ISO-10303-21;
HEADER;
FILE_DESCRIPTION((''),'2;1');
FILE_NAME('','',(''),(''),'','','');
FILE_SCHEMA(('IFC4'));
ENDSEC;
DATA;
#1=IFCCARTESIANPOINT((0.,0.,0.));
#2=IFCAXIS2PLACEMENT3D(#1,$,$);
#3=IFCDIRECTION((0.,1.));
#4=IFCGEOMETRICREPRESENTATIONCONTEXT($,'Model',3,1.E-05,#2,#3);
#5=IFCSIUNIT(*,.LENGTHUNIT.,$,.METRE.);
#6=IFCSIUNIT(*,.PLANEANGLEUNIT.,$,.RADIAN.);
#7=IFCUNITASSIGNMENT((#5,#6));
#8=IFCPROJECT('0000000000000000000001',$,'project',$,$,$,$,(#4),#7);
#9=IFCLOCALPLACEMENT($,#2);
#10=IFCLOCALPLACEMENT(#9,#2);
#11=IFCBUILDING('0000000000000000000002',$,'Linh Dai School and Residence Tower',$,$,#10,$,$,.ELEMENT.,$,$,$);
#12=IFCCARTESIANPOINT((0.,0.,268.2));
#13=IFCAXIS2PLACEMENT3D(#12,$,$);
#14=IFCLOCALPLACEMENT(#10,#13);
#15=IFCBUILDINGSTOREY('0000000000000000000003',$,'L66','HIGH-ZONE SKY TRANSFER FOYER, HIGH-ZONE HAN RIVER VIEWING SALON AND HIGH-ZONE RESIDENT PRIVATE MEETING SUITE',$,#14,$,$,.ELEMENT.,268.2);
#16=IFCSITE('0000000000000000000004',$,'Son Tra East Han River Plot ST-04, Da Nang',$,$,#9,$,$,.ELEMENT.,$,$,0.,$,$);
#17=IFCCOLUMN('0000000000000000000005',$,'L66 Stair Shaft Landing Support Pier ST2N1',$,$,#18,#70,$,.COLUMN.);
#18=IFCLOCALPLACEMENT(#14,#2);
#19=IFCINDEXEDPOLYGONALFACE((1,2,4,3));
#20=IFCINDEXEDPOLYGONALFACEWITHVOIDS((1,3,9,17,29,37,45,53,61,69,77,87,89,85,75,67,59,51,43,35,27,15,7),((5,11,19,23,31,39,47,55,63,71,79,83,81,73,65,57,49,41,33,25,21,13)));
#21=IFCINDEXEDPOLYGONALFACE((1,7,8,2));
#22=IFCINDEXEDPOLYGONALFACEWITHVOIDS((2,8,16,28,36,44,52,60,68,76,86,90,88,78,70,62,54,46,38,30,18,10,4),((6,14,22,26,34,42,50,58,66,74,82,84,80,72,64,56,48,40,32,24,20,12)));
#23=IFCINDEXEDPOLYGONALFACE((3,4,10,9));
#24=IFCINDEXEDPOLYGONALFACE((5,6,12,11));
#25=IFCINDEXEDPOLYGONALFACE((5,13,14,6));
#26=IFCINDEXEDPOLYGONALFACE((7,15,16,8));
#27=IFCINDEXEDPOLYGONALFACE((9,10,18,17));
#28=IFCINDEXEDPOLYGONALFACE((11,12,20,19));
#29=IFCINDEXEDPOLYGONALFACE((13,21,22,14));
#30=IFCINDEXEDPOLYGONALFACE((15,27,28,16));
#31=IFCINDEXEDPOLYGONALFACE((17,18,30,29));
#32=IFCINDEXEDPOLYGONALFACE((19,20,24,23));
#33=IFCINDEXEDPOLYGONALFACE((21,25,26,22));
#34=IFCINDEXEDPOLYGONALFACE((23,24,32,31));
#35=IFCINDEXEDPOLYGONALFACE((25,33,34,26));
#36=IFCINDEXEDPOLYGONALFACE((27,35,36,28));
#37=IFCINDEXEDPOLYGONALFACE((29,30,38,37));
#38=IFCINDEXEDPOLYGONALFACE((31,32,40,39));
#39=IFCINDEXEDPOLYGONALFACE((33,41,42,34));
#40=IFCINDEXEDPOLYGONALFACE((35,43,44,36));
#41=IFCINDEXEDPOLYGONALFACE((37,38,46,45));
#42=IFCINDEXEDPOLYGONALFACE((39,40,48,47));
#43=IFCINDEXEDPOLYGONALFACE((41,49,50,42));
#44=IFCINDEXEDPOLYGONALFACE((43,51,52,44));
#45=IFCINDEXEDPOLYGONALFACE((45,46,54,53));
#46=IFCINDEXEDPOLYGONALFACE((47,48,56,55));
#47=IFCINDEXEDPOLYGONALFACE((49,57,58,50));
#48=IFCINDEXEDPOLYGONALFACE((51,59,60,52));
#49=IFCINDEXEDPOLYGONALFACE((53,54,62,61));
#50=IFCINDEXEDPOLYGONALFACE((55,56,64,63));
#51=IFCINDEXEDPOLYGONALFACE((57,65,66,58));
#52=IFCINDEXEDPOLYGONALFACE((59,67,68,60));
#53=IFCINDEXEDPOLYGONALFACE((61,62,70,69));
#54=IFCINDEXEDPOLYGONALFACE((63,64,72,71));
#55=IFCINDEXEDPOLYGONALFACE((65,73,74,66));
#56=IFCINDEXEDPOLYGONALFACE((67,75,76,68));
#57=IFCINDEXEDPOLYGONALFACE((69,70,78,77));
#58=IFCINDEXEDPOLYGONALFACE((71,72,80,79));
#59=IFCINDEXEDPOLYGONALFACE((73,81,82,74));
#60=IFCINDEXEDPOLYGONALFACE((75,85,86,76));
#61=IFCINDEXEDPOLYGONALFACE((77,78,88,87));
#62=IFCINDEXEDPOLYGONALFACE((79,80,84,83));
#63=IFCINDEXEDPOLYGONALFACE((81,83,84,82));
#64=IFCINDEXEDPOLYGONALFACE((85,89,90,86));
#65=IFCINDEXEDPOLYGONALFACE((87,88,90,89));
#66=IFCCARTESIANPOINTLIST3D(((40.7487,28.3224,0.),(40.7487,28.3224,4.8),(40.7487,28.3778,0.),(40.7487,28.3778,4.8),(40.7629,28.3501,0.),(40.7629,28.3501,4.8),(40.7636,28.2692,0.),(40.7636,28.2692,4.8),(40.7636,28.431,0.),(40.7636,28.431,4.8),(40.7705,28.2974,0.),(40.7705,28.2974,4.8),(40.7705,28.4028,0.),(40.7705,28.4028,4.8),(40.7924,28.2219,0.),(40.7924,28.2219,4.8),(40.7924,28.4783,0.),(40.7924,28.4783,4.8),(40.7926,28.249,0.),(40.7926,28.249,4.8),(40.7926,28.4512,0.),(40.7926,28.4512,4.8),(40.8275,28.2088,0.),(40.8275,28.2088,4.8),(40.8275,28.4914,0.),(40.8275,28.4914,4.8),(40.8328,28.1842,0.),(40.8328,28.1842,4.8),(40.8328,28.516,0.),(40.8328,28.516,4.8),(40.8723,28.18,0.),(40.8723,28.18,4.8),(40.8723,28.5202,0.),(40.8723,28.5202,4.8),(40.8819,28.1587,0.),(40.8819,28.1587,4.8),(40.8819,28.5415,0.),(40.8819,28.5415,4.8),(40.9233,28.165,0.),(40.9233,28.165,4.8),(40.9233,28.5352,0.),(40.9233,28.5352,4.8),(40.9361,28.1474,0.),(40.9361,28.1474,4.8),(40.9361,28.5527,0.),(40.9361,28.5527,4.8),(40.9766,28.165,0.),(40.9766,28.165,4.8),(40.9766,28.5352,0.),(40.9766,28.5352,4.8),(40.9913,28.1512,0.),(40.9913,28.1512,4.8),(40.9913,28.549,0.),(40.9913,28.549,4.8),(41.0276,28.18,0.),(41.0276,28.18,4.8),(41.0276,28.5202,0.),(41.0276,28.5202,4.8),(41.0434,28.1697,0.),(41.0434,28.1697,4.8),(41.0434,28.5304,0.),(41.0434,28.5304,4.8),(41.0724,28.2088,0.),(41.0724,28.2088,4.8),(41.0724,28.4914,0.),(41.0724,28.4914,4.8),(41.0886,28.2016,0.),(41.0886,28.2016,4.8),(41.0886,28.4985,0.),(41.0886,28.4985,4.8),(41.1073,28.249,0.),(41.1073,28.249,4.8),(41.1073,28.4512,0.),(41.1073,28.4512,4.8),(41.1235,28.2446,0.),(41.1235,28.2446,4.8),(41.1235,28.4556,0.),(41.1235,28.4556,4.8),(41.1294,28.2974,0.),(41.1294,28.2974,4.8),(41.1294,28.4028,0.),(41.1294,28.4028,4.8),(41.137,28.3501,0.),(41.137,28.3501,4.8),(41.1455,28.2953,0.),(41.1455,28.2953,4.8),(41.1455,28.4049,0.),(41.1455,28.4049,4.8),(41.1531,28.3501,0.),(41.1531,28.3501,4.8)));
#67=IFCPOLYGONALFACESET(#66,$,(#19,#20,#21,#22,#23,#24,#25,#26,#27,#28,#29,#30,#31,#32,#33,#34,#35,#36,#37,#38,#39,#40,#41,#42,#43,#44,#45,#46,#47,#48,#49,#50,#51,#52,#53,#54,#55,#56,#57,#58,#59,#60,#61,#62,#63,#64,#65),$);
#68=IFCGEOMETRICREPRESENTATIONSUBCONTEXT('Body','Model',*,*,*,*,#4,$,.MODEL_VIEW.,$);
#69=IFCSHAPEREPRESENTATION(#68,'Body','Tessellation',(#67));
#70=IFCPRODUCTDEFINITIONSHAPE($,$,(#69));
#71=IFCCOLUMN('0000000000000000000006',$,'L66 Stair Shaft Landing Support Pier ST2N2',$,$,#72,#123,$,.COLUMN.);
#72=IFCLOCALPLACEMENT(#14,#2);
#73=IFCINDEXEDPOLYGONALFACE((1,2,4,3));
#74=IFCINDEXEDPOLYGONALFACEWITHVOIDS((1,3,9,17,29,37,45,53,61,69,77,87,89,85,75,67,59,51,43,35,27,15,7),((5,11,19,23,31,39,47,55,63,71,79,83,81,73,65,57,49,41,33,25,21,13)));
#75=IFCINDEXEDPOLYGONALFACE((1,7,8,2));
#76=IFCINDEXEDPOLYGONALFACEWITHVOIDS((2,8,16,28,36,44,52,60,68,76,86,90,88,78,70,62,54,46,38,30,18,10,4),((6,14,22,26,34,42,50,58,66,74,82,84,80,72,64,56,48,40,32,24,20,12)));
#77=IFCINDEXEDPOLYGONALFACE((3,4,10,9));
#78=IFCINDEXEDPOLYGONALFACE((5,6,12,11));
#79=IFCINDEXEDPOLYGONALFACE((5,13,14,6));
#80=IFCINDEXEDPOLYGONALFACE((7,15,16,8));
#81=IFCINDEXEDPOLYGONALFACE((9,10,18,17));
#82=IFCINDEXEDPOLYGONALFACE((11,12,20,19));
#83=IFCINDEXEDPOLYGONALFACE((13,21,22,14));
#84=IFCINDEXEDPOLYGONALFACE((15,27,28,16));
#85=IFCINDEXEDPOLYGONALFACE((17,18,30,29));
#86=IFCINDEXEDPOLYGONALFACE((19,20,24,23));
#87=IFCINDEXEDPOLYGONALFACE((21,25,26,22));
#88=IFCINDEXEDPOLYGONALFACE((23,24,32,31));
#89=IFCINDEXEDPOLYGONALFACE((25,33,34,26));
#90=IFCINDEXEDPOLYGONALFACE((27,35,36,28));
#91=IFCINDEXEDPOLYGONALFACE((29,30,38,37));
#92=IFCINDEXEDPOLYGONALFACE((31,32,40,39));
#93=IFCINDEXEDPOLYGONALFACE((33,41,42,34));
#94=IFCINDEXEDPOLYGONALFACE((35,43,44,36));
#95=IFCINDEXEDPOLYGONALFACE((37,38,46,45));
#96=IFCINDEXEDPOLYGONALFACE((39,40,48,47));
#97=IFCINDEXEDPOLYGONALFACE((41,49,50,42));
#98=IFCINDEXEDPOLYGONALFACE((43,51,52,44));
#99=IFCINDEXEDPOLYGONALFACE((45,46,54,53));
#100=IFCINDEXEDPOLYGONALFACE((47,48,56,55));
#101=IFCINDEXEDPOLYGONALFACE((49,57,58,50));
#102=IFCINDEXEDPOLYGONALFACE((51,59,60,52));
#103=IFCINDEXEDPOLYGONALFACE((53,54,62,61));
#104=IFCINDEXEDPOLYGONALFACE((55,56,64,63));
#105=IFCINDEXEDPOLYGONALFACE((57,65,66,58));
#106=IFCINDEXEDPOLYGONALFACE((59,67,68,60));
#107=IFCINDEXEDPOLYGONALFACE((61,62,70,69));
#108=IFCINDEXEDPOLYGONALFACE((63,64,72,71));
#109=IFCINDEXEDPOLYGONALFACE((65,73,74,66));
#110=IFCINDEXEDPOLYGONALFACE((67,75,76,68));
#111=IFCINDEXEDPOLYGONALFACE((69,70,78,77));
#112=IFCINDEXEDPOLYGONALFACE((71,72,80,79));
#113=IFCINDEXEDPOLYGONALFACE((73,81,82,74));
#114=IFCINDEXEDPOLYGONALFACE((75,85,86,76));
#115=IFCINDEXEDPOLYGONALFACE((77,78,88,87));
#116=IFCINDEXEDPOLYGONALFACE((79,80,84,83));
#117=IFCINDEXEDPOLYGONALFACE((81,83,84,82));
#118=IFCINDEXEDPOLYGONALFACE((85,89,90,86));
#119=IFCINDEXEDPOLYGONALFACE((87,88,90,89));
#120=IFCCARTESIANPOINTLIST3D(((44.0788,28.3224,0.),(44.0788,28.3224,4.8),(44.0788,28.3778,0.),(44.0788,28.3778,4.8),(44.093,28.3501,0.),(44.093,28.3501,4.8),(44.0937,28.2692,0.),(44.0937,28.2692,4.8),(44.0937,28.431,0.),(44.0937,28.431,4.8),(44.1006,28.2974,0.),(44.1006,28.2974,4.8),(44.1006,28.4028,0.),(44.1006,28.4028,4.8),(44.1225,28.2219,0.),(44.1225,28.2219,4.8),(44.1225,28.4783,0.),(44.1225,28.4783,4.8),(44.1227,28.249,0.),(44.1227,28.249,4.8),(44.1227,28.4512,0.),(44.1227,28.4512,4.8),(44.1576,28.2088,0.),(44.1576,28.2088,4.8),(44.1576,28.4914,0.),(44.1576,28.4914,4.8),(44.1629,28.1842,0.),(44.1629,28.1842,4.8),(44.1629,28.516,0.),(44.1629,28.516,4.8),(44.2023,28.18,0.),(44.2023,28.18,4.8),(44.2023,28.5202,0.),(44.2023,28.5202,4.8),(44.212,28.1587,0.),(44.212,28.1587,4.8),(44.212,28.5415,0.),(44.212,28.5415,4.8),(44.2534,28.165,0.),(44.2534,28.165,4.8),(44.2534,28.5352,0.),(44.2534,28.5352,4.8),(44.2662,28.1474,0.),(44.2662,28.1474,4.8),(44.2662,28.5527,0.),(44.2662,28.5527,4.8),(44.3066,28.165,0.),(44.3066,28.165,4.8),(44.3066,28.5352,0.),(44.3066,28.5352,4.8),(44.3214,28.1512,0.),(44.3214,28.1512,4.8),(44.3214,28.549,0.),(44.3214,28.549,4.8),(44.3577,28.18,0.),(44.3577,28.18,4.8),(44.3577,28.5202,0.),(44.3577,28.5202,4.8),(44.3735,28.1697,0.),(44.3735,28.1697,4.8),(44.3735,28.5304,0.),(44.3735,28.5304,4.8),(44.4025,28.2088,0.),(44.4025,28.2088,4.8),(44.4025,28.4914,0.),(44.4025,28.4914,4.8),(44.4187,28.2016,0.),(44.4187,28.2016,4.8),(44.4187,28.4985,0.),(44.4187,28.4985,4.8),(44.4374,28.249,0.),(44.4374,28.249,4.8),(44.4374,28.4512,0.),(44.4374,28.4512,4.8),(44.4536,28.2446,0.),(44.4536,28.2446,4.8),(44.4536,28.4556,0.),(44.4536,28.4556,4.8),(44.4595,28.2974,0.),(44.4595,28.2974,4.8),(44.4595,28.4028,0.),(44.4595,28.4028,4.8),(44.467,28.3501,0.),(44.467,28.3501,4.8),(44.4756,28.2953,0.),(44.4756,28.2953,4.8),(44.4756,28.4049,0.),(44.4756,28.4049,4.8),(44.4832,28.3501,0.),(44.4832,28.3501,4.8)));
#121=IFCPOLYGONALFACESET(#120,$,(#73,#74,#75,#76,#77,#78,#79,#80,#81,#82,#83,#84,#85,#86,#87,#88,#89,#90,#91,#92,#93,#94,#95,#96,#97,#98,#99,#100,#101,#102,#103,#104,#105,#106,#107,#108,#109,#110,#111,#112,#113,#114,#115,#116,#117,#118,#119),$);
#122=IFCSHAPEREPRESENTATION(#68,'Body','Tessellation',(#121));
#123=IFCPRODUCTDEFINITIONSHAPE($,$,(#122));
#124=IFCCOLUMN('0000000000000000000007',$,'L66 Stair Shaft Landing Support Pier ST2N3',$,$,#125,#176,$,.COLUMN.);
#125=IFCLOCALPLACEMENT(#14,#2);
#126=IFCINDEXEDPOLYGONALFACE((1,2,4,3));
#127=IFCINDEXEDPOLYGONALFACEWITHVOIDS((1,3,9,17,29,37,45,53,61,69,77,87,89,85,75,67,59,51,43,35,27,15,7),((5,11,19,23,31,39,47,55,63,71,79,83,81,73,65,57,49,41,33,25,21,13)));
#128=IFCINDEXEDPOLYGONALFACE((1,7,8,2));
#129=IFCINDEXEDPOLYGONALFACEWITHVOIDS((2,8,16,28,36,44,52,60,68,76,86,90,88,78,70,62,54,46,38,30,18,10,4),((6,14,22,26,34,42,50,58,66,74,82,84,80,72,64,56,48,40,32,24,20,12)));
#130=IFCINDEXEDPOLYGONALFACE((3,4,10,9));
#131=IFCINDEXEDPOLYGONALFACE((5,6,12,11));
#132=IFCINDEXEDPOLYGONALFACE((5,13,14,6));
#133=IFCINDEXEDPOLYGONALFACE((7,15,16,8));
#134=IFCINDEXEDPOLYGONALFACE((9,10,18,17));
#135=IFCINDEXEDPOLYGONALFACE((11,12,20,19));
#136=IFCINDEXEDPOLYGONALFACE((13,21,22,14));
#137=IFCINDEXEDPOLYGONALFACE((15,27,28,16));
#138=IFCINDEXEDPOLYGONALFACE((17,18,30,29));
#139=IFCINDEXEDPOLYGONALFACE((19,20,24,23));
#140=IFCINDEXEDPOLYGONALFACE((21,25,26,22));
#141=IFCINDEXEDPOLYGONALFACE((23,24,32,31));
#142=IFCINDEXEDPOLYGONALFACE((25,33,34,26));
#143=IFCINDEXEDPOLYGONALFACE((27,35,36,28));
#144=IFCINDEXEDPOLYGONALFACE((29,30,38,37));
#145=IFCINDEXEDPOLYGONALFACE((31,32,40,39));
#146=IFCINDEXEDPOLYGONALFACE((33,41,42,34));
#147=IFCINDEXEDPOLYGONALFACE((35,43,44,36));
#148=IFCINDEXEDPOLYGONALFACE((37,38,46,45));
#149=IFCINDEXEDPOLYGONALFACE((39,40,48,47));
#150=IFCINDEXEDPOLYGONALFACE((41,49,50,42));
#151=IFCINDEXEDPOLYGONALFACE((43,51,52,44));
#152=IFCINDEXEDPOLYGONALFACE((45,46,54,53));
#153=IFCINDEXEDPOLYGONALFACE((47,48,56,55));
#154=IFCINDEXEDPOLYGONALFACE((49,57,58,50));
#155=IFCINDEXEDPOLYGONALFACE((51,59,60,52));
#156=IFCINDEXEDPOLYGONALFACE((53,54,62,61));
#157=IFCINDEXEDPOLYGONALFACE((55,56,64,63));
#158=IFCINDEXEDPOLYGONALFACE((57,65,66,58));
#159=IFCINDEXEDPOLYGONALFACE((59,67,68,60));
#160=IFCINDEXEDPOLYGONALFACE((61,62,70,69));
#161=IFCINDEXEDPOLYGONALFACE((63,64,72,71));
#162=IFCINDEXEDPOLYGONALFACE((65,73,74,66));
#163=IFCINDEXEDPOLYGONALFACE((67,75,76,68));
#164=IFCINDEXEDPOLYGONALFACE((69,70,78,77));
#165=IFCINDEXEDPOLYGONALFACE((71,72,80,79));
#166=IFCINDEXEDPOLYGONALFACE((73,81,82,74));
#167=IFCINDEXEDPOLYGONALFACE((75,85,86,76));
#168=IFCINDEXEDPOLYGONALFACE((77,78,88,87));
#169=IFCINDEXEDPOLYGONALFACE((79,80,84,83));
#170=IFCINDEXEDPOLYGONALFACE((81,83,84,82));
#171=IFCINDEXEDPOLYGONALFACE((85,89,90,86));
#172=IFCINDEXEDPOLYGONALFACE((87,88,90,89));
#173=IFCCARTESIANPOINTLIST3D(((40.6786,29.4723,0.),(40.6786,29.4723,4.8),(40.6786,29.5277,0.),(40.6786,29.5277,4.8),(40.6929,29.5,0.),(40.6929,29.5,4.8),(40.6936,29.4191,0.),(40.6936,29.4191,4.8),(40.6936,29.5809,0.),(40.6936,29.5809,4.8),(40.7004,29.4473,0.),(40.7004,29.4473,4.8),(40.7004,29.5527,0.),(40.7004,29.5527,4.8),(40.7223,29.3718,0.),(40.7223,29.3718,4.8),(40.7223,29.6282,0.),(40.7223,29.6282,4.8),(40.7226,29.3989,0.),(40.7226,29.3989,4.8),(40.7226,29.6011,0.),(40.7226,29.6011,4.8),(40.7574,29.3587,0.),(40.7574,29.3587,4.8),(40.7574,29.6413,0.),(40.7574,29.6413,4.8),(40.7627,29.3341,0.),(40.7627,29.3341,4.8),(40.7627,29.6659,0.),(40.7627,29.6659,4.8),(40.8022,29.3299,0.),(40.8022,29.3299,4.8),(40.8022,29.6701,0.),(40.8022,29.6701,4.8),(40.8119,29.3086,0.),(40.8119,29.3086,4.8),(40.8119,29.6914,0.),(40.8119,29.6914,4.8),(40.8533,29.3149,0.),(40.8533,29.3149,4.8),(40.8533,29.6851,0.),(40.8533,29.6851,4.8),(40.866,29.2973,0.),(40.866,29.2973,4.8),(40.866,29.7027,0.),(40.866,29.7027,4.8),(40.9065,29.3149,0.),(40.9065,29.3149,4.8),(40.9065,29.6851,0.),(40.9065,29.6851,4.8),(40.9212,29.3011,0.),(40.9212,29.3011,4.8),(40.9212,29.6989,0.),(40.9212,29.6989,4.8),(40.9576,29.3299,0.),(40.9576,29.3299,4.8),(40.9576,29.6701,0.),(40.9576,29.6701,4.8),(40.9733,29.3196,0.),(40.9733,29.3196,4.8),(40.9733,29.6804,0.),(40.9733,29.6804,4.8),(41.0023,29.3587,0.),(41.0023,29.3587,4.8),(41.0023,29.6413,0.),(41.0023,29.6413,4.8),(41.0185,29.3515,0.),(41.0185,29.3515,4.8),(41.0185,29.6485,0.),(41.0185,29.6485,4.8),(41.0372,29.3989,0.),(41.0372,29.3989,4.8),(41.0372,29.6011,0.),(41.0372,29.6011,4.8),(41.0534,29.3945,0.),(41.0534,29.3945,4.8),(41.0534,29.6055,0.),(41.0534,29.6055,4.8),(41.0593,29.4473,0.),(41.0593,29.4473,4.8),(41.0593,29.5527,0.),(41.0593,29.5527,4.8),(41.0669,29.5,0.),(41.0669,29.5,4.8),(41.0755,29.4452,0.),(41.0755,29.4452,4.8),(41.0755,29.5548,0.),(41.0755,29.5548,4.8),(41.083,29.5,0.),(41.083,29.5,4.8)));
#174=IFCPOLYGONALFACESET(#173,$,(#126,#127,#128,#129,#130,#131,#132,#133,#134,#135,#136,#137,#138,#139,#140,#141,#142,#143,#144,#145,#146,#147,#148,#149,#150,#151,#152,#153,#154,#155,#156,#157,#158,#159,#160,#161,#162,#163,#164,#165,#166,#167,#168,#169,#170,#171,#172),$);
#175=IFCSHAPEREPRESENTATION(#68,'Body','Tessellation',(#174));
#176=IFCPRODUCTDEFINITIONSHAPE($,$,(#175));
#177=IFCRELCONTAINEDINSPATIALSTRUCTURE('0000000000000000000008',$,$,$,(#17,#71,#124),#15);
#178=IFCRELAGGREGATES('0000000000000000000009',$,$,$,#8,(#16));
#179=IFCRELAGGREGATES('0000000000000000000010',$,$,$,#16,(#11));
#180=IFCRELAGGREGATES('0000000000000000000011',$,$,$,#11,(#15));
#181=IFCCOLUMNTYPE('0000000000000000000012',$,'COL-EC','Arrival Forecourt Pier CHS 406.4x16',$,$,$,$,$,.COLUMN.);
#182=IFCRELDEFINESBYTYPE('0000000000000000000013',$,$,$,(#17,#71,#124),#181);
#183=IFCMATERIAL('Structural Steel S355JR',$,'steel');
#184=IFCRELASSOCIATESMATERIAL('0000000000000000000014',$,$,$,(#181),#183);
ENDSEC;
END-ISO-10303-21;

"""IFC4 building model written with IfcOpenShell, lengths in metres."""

from ifc_helpers import new_model, si_unit, direction, frame, origin, origin_2d, place, context, subcontext, project, spatial, hollow_circle, extrude, material, material_profile, profile_set, type_object, element, save


model = new_model("IFC4")

# Units and contexts
model_context = context("Model", 3, precision=1e-05, world=origin(), true_north=direction((0.0, 1.0)))
body_context = subcontext(model_context, "Body", "Model", "MODEL_VIEW")
ifc_project = project(units=[si_unit("LENGTHUNIT", "METRE"), si_unit("PLANEANGLEUNIT", "RADIAN")], contexts=[model_context])

# Site, building, storey
site_placement = place(None, origin())
site = spatial("IfcSite", under=ifc_project, at=site_placement, Name="Son Tra East Han River Plot ST-04, Da Nang", CompositionType="ELEMENT", RefElevation=0.0)
building_placement = place(site_placement, origin())
building = spatial("IfcBuilding", under=site, at=building_placement, Name="Linh Dai School and Residence Tower", CompositionType="ELEMENT")
storey_placement = place(building_placement, frame((0.0, 0.0, 268.2)))
storey = spatial("IfcBuildingStorey", under=building, at=storey_placement, Name="L66", Description="HIGH-ZONE SKY TRANSFER FOYER, HIGH-ZONE HAN RIVER VIEWING SALON AND HIGH-ZONE RESIDENT PRIVATE MEETING SUITE", CompositionType="ELEMENT", Elevation=268.2)

# Columns
ifc_material_1 = material(Name="Structural Steel S355JR", Category="steel")
ifc_material_profile_1 = material_profile(ifc_material_1, hollow_circle(Radius=0.2031, WallThickness=0.0161, at=origin_2d()), Name="CHS 406.4x16")
ifc_profile_set_1 = profile_set([ifc_material_profile_1], Name="Structural Steel S355JR")
column_type_1 = type_object("IfcColumnType", Name="COL-EC", Description="Arrival Forecourt Pier CHS 406.4x16", PredefinedType="COLUMN", material=ifc_profile_set_1)
for number, where, z_axis, x_axis, name in (
    (1, (40.95, 28.3501, 0.0), (0.0, 0.0, 1.0), (1.0, 0.0, 0.0), "L66 Stair Shaft Landing Support Pier ST2N1"),
    (2, (44.28, 28.3501, 0.0), (0.0, 0.0, 1.0), (1.0, 0.0, 0.0), "L66 Stair Shaft Landing Support Pier ST2N2"),
    (3, (40.8799, 29.5, 0.0), (0.0, 0.0, 1.0), (1.0, 0.0, 0.0), "L66 Stair Shaft Landing Support Pier ST2N3"),
):
    element("IfcColumn", number, at=place(storey_placement, frame(where, z_axis=z_axis, x_axis=x_axis)), inside=storey, type_object=column_type_1, Name=name, PredefinedType="COLUMN", context=body_context, shape_type="SweptSolid", body=[
        extrude(hollow_circle(Radius=0.2031, WallThickness=0.0161, at=origin_2d()), origin(), (0.0, 0.0, 1.0), 4.8),
    ])

save(model, "model.ifc")
